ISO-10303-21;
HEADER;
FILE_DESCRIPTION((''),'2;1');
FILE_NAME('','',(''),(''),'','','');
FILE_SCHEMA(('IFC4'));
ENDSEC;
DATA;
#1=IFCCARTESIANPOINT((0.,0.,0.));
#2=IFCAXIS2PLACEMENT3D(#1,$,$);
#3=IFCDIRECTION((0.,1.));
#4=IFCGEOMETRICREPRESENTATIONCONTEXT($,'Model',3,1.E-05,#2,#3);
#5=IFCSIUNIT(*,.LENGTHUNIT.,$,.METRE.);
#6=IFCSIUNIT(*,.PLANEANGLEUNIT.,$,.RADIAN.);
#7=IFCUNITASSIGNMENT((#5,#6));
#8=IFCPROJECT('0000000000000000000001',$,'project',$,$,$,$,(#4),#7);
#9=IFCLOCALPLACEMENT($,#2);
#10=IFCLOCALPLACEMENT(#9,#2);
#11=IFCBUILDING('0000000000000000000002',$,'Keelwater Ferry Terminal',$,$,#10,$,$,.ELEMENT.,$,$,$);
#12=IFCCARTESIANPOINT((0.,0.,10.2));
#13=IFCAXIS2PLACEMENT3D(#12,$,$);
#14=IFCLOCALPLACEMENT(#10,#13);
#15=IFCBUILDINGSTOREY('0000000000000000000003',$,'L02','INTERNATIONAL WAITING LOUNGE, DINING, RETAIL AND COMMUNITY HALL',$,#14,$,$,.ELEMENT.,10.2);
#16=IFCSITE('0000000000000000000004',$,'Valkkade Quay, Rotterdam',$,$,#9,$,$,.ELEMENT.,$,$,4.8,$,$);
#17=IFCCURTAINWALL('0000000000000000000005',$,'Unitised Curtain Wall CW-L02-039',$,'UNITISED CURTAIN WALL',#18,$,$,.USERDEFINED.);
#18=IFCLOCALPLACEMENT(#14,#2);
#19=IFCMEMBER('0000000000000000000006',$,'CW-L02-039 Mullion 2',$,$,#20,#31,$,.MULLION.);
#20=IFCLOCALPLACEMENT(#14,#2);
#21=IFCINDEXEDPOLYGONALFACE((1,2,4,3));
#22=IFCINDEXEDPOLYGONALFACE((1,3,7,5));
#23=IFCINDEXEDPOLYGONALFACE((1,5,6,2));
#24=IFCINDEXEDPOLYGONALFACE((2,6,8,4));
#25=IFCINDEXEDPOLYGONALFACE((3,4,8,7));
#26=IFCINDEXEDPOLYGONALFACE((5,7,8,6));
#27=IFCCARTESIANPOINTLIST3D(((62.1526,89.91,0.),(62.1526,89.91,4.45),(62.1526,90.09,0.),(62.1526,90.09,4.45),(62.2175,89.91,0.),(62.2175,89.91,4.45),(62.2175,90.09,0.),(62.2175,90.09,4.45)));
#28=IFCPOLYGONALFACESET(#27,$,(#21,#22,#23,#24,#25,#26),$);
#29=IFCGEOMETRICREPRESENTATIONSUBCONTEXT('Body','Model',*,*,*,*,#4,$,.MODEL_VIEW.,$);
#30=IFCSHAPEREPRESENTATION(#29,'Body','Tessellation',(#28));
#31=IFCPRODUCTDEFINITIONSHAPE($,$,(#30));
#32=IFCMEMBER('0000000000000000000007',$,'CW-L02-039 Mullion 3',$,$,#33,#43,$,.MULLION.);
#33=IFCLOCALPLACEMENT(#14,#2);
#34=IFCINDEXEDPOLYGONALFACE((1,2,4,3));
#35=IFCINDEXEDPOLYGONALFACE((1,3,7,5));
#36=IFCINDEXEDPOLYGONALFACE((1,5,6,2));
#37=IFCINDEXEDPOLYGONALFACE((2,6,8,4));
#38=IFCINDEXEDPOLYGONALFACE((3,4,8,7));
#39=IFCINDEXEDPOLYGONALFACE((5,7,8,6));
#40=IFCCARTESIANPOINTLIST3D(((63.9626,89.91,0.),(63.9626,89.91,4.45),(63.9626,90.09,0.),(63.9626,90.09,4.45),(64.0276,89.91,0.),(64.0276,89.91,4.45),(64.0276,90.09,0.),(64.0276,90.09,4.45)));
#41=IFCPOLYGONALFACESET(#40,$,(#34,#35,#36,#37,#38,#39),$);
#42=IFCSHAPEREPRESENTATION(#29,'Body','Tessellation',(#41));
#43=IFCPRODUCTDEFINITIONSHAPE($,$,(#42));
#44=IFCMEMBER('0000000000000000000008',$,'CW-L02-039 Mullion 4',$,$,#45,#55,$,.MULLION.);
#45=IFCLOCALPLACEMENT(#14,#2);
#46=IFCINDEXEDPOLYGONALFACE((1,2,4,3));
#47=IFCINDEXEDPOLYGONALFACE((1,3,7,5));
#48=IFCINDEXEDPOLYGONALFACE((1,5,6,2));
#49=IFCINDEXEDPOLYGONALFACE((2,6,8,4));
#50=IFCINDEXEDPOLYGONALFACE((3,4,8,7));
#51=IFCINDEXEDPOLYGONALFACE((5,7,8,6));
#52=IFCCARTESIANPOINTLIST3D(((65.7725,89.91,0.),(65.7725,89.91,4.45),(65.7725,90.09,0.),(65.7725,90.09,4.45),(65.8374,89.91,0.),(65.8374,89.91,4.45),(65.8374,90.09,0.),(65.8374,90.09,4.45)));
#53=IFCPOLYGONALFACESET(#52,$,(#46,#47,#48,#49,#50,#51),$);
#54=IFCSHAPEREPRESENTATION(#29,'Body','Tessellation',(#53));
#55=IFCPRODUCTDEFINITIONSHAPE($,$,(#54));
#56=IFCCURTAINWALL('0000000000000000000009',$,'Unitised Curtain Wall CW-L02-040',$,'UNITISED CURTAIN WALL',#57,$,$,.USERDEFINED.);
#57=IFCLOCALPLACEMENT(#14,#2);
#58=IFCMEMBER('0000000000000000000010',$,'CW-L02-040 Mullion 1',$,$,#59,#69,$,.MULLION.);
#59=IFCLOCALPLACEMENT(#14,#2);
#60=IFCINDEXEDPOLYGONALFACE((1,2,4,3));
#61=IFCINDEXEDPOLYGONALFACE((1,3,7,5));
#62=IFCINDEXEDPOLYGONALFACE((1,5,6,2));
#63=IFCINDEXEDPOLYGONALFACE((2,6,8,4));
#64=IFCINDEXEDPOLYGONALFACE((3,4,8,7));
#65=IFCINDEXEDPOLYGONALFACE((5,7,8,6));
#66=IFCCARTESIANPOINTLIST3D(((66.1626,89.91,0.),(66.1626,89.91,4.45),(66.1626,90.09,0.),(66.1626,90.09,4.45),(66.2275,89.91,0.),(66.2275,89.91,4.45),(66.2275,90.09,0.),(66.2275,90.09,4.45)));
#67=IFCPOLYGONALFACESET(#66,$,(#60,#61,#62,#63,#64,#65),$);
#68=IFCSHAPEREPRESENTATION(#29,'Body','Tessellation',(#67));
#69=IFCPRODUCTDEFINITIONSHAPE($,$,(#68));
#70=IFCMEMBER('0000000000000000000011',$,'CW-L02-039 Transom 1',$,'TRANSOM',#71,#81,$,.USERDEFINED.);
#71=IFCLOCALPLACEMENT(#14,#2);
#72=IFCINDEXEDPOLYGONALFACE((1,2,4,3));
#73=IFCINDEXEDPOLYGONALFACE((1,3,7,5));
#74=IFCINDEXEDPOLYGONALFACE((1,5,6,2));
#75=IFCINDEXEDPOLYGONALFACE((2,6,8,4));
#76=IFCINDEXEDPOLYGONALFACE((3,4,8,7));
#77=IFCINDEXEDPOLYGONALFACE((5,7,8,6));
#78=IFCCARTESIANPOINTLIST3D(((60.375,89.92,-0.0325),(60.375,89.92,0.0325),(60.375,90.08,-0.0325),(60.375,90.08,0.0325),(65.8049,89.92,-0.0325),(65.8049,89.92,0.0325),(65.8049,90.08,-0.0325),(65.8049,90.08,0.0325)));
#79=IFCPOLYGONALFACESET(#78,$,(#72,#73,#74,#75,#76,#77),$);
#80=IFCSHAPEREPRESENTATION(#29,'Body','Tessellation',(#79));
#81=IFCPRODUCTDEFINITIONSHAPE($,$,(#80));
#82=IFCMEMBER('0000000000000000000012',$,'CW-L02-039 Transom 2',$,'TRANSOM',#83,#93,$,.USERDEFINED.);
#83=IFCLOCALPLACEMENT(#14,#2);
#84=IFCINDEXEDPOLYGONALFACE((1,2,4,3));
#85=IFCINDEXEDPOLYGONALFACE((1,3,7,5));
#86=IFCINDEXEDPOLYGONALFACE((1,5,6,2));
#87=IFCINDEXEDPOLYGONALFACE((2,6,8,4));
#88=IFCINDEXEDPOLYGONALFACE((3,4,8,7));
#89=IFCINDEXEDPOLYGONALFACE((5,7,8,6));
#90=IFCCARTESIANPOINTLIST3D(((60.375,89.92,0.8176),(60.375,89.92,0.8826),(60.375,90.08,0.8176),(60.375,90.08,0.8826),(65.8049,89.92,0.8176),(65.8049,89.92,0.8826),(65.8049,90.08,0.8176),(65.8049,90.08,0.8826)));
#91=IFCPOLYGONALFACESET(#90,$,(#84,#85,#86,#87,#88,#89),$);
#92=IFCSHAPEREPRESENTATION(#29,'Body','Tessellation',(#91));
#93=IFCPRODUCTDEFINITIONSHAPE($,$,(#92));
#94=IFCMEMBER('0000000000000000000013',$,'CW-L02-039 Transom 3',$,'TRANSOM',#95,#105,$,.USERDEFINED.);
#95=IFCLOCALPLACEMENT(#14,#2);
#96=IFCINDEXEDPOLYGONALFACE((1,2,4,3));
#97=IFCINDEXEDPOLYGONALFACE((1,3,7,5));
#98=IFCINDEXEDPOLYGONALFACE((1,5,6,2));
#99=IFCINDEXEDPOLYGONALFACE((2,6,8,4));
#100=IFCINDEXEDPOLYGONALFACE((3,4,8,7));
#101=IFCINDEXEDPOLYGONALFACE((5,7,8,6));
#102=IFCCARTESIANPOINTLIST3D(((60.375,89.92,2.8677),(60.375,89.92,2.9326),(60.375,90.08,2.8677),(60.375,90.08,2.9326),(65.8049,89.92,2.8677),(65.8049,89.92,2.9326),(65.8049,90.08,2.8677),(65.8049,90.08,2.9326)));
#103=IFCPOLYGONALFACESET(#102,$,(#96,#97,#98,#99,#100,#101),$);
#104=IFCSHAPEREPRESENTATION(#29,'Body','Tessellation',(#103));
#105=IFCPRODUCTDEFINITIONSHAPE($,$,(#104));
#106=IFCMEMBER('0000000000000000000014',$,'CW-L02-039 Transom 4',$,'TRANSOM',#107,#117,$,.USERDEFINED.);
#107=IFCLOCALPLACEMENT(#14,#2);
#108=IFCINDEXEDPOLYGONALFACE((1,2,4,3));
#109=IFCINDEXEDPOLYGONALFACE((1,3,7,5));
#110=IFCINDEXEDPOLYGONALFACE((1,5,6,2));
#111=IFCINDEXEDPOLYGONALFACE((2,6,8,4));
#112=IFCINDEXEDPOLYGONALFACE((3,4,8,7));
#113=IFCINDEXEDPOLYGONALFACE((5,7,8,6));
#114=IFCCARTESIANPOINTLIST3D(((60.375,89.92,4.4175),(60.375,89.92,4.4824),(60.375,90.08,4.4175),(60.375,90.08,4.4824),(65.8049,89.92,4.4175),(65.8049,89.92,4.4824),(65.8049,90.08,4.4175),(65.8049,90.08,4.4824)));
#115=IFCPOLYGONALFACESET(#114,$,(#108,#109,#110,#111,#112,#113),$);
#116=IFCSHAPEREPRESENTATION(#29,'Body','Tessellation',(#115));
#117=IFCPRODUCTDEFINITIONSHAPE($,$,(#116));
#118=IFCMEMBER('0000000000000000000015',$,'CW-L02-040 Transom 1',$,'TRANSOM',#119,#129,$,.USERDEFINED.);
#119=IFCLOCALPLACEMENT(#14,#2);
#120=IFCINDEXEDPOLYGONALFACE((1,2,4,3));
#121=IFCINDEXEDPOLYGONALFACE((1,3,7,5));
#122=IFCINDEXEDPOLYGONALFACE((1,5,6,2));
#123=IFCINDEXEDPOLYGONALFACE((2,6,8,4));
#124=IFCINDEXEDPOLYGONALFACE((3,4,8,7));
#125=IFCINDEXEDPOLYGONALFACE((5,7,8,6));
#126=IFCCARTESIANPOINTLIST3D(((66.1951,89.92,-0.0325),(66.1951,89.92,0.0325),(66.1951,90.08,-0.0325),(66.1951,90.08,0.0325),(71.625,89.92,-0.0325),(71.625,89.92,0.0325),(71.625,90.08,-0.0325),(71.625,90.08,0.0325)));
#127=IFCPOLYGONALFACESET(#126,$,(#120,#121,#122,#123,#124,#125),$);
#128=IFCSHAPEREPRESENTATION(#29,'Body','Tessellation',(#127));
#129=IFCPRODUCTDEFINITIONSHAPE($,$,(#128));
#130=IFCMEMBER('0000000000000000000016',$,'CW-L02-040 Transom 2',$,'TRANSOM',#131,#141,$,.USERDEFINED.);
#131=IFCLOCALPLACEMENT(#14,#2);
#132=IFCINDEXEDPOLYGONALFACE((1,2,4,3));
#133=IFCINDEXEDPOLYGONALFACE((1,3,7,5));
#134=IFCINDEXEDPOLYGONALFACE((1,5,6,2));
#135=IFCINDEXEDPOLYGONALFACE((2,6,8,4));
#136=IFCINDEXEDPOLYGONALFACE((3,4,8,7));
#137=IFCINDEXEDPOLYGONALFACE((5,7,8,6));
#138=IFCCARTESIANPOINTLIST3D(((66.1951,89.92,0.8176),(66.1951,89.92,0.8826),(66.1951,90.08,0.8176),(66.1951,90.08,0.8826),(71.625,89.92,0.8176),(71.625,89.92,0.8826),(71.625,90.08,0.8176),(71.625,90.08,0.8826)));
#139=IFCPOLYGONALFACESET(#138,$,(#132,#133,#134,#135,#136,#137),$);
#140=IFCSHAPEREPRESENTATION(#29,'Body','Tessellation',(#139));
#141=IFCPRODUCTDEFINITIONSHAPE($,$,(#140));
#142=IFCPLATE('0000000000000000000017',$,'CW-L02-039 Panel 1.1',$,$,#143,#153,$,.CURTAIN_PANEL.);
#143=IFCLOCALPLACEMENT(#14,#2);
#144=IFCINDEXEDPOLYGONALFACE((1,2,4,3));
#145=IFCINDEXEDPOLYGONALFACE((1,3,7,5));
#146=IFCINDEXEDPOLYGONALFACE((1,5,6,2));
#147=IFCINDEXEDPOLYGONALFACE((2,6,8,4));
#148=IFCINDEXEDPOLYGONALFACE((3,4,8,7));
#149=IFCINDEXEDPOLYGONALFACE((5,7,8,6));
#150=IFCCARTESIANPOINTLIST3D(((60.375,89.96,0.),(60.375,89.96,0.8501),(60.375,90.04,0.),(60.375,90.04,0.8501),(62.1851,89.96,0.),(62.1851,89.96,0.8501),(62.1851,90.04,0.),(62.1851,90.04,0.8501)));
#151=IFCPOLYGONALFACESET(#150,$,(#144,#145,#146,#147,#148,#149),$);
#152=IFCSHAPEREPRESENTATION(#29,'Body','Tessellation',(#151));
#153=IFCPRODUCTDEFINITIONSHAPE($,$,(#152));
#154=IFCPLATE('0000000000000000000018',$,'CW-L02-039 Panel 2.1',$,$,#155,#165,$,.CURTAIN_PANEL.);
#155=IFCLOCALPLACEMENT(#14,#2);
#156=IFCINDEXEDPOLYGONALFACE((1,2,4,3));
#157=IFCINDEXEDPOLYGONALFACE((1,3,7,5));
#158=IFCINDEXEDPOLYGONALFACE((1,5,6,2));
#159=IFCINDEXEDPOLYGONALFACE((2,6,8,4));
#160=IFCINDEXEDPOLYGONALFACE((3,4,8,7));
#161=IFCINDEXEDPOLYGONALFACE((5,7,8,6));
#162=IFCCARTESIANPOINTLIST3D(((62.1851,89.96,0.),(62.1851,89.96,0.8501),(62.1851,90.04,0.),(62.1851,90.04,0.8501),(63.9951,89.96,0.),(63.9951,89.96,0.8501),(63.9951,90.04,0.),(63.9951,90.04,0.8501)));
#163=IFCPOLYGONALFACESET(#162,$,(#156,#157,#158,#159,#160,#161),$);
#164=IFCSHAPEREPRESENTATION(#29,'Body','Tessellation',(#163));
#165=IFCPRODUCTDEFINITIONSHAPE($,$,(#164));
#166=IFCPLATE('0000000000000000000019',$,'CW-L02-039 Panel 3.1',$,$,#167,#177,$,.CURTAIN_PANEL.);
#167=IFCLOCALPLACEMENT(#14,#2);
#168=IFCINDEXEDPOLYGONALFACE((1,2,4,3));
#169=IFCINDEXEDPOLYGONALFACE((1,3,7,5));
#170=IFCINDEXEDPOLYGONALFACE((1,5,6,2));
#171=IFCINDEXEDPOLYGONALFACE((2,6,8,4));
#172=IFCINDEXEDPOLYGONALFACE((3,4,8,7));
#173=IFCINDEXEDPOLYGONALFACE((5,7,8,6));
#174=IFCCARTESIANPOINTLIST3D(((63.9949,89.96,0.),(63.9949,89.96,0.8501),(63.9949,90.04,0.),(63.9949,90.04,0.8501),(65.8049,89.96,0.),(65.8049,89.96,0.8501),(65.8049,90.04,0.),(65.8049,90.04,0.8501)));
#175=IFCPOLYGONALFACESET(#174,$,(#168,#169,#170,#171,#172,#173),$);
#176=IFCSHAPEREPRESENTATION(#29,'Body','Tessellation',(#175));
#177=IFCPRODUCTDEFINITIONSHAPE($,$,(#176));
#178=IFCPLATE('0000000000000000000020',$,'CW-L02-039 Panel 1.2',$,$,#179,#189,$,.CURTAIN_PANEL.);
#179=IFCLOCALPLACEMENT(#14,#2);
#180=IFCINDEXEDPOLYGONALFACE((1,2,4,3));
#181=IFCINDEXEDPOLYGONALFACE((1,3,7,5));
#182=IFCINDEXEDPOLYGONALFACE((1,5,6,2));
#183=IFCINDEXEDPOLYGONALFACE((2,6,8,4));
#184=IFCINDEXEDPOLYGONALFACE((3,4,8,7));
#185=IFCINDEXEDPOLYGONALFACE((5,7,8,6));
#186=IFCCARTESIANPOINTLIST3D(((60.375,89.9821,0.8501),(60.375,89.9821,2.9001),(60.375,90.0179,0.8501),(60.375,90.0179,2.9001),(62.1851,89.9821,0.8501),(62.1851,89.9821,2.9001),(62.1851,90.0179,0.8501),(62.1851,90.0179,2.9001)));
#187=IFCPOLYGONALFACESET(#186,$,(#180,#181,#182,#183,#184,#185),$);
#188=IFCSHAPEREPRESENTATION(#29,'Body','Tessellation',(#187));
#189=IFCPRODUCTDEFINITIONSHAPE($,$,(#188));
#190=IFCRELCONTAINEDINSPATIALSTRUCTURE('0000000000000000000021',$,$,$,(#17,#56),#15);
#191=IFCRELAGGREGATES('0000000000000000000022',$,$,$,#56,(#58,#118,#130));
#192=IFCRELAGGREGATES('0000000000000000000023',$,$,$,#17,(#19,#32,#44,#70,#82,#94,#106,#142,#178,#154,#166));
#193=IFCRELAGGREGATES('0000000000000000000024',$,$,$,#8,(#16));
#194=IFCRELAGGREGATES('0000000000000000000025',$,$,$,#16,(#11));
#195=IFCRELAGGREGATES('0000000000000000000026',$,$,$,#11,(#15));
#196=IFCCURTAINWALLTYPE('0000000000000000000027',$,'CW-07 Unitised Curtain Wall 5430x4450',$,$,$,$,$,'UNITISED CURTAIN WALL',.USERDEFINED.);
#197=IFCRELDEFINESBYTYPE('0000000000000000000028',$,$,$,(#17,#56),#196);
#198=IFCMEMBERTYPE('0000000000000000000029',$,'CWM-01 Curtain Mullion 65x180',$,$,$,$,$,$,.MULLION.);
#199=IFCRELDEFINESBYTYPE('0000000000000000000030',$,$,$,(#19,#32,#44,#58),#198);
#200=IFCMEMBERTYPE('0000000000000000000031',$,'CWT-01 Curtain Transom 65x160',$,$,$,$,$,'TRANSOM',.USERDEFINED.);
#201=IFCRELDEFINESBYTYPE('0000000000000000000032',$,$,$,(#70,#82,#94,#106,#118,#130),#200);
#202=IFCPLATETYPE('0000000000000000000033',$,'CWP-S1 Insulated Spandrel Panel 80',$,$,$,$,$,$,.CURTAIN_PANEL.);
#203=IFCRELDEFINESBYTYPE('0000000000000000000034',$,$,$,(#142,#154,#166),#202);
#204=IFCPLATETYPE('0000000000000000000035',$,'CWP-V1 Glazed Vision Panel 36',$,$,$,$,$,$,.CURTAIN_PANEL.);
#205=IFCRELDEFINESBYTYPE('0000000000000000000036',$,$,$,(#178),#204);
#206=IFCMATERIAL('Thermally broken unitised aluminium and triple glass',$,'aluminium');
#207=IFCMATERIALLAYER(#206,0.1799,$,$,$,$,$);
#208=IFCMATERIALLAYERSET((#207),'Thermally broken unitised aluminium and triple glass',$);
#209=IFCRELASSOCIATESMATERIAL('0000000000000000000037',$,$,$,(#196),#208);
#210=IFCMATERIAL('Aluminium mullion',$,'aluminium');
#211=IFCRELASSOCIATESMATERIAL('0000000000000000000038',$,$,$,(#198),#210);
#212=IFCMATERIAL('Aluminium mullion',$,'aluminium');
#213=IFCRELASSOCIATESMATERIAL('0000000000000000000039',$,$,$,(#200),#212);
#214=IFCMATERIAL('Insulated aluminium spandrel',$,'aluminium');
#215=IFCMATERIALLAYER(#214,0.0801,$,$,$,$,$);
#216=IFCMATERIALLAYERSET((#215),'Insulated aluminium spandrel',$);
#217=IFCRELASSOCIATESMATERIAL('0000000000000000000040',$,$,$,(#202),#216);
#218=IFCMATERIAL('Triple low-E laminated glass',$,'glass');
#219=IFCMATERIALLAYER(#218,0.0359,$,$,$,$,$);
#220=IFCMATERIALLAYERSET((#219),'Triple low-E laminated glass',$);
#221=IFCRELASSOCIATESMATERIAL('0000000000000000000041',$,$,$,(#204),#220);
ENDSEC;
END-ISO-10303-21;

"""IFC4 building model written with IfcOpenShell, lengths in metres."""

from ifc_helpers import new_model, si_unit, direction, frame, origin, origin_2d, place, context, subcontext, project, spatial, rectangle, extrude, material, layer, layer_set, material_profile, profile_set, type_object, element, aggregate, save


model = new_model("IFC4")

# Units and contexts
model_context = context("Model", 3, precision=1e-05, world=origin(), true_north=direction((0.0, 1.0)))
body_context = subcontext(model_context, "Body", "Model", "MODEL_VIEW")
ifc_project = project(units=[si_unit("LENGTHUNIT", "METRE"), si_unit("PLANEANGLEUNIT", "RADIAN")], contexts=[model_context])

# Site, building, storey
site_placement = place(None, origin())
site = spatial("IfcSite", under=ifc_project, at=site_placement, Name="Valkkade Quay, Rotterdam", CompositionType="ELEMENT", RefElevation=4.8)
building_placement = place(site_placement, origin())
building = spatial("IfcBuilding", under=site, at=building_placement, Name="Keelwater Ferry Terminal", CompositionType="ELEMENT")
storey_placement = place(building_placement, frame((0.0, 0.0, 10.2)))
storey = spatial("IfcBuildingStorey", under=building, at=storey_placement, Name="L02", Description="INTERNATIONAL WAITING LOUNGE, DINING, RETAIL AND COMMUNITY HALL", CompositionType="ELEMENT", Elevation=10.2)

# Curtain wall, members
ifc_material_1 = material(Name="Thermally broken unitised aluminium and triple glass", Category="aluminium")
ifc_layer_1 = layer(ifc_material_1, 0.1799)
ifc_layer_set_1 = layer_set([ifc_layer_1], Name="Thermally broken unitised aluminium and triple glass")
curtain_wall_type = type_object("IfcCurtainWallType", Name="CW-07 Unitised Curtain Wall 5430x4450", ElementType="UNITISED CURTAIN WALL", PredefinedType="USERDEFINED", material=ifc_layer_set_1)
curtain_wall_1_placement = place(storey_placement, origin())
curtain_wall_1 = element("IfcCurtainWall", 1, at=curtain_wall_1_placement, inside=storey, type_object=curtain_wall_type, Name="Unitised Curtain Wall CW-L02-039", ObjectType="UNITISED CURTAIN WALL", PredefinedType="USERDEFINED")
ifc_material_2 = material(Name="Aluminium mullion", Category="aluminium")
ifc_material_profile_1 = material_profile(ifc_material_2, rectangle(XDim=0.0649, YDim=0.1799, at=origin_2d()), Name="CWM-01")
ifc_profile_set_1 = profile_set([ifc_material_profile_1], Name="Aluminium mullion")
member_type_1 = type_object("IfcMemberType", Name="CWM-01 Curtain Mullion 65x180", PredefinedType="MULLION", material=ifc_profile_set_1)
member_1_placement = place(storey_placement, frame((62.1851, 90.0, 0.0), z_axis=(0.0, 0.0, 1.0), x_axis=(1.0, 0.0, 0.0)))
member_1 = element("IfcMember", 2, at=member_1_placement, type_object=member_type_1, Name="CW-L02-039 Mullion 2", PredefinedType="MULLION", context=body_context, shape_type="SweptSolid", body=[
    extrude(rectangle(XDim=0.0649, YDim=0.1799, at=origin_2d()), origin(), (0.0, 0.0, 1.0), 4.45),
])
member_2_placement = place(storey_placement, frame((63.9951, 90.0, 0.0), z_axis=(0.0, 0.0, 1.0), x_axis=(1.0, 0.0, 0.0)))
member_2 = element("IfcMember", 3, at=member_2_placement, type_object=member_type_1, Name="CW-L02-039 Mullion 3", PredefinedType="MULLION", context=body_context, shape_type="SweptSolid", body=[
    extrude(rectangle(XDim=0.0649, YDim=0.1799, at=origin_2d()), origin(), (0.0, 0.0, 1.0), 4.45),
])
member_3_placement = place(storey_placement, frame((65.8049, 90.0, 0.0), z_axis=(0.0, 0.0, 1.0), x_axis=(1.0, 0.0, 0.0)))
member_3 = element("IfcMember", 4, at=member_3_placement, type_object=member_type_1, Name="CW-L02-039 Mullion 4", PredefinedType="MULLION", context=body_context, shape_type="SweptSolid", body=[
    extrude(rectangle(XDim=0.0649, YDim=0.1799, at=origin_2d()), origin(), (0.0, 0.0, 1.0), 4.45),
])

# Curtain wall, member
curtain_wall_2_placement = place(storey_placement, origin())
curtain_wall_2 = element("IfcCurtainWall", 5, at=curtain_wall_2_placement, inside=storey, type_object=curtain_wall_type, Name="Unitised Curtain Wall CW-L02-040", ObjectType="UNITISED CURTAIN WALL", PredefinedType="USERDEFINED")
member_4_placement = place(storey_placement, frame((66.1951, 90.0, 0.0), z_axis=(0.0, 0.0, 1.0), x_axis=(1.0, 0.0, 0.0)))
member_4 = element("IfcMember", 6, at=member_4_placement, type_object=member_type_1, Name="CW-L02-040 Mullion 1", PredefinedType="MULLION", context=body_context, shape_type="SweptSolid", body=[
    extrude(rectangle(XDim=0.0649, YDim=0.1799, at=origin_2d()), origin(), (0.0, 0.0, 1.0), 4.45),
])

# Members
ifc_material_3 = material(Name="Aluminium mullion", Category="aluminium")
ifc_material_profile_2 = material_profile(ifc_material_3, rectangle(XDim=0.1599, YDim=0.0649, at=origin_2d()), Name="CWT-01")
ifc_profile_set_2 = profile_set([ifc_material_profile_2], Name="Aluminium mullion")
member_type_2 = type_object("IfcMemberType", Name="CWT-01 Curtain Transom 65x160", ElementType="TRANSOM", PredefinedType="USERDEFINED", material=ifc_profile_set_2)
member_5_placement = place(storey_placement, frame((60.375, 90.0, 0.0), z_axis=(1.0, 0.0, 0.0), x_axis=(0.0, 1.0, 0.0)))
member_5 = element("IfcMember", 7, at=member_5_placement, type_object=member_type_2, Name="CW-L02-039 Transom 1", ObjectType="TRANSOM", PredefinedType="USERDEFINED", context=body_context, shape_type="SweptSolid", body=[
    extrude(rectangle(XDim=0.1599, YDim=0.0649, at=origin_2d()), origin(), (0.0, 0.0, 1.0), 5.4299),
])
member_6_placement = place(storey_placement, frame((60.375, 90.0, 0.8501), z_axis=(1.0, 0.0, 0.0), x_axis=(0.0, 1.0, 0.0)))
member_6 = element("IfcMember", 8, at=member_6_placement, type_object=member_type_2, Name="CW-L02-039 Transom 2", ObjectType="TRANSOM", PredefinedType="USERDEFINED", context=body_context, shape_type="SweptSolid", body=[
    extrude(rectangle(XDim=0.1599, YDim=0.0649, at=origin_2d()), origin(), (0.0, 0.0, 1.0), 5.4299),
])
member_7_placement = place(storey_placement, frame((60.375, 90.0, 2.9001), z_axis=(1.0, 0.0, 0.0), x_axis=(0.0, 1.0, 0.0)))
member_7 = element("IfcMember", 9, at=member_7_placement, type_object=member_type_2, Name="CW-L02-039 Transom 3", ObjectType="TRANSOM", PredefinedType="USERDEFINED", context=body_context, shape_type="SweptSolid", body=[
    extrude(rectangle(XDim=0.1599, YDim=0.0649, at=origin_2d()), origin(), (0.0, 0.0, 1.0), 5.4299),
])
member_8_placement = place(storey_placement, frame((60.375, 90.0, 4.45), z_axis=(1.0, 0.0, 0.0), x_axis=(0.0, 1.0, 0.0)))
member_8 = element("IfcMember", 10, at=member_8_placement, type_object=member_type_2, Name="CW-L02-039 Transom 4", ObjectType="TRANSOM", PredefinedType="USERDEFINED", context=body_context, shape_type="SweptSolid", body=[
    extrude(rectangle(XDim=0.1599, YDim=0.0649, at=origin_2d()), origin(), (0.0, 0.0, 1.0), 5.4299),
])
member_9_placement = place(storey_placement, frame((66.1951, 90.0, 0.0), z_axis=(1.0, 0.0, 0.0), x_axis=(0.0, 1.0, 0.0)))
member_9 = element("IfcMember", 11, at=member_9_placement, type_object=member_type_2, Name="CW-L02-040 Transom 1", ObjectType="TRANSOM", PredefinedType="USERDEFINED", context=body_context, shape_type="SweptSolid", body=[
    extrude(rectangle(XDim=0.1599, YDim=0.0649, at=origin_2d()), origin(), (0.0, 0.0, 1.0), 5.4299),
])
member_10_placement = place(storey_placement, frame((66.1951, 90.0, 0.8501), z_axis=(1.0, 0.0, 0.0), x_axis=(0.0, 1.0, 0.0)))
member_10 = element("IfcMember", 12, at=member_10_placement, type_object=member_type_2, Name="CW-L02-040 Transom 2", ObjectType="TRANSOM", PredefinedType="USERDEFINED", context=body_context, shape_type="SweptSolid", body=[
    extrude(rectangle(XDim=0.1599, YDim=0.0649, at=origin_2d()), origin(), (0.0, 0.0, 1.0), 5.4299),
])
aggregate(curtain_wall_2, [member_4, member_9, member_10])

# Plates
ifc_material_4 = material(Name="Insulated aluminium spandrel", Category="aluminium")
ifc_layer_2 = layer(ifc_material_4, 0.0801)
ifc_layer_set_2 = layer_set([ifc_layer_2], Name="Insulated aluminium spandrel")
plate_type_1 = type_object("IfcPlateType", Name="CWP-S1 Insulated Spandrel Panel 80", PredefinedType="CURTAIN_PANEL", material=ifc_layer_set_2)
plate_1_placement = place(storey_placement, frame((61.28, 90.0, 0.0), z_axis=(0.0, 0.0, 1.0), x_axis=(1.0, 0.0, 0.0)))
plate_1 = element("IfcPlate", 13, at=plate_1_placement, type_object=plate_type_1, Name="CW-L02-039 Panel 1.1", PredefinedType="CURTAIN_PANEL", context=body_context, shape_type="SweptSolid", body=[
    extrude(rectangle(XDim=1.8101, YDim=0.0801, at=origin_2d()), origin(), (0.0, 0.0, 1.0), 0.8501),
])
plate_2_placement = place(storey_placement, frame((63.0901, 90.0, 0.0), z_axis=(0.0, 0.0, 1.0), x_axis=(1.0, 0.0, 0.0)))
plate_2 = element("IfcPlate", 14, at=plate_2_placement, type_object=plate_type_1, Name="CW-L02-039 Panel 2.1", PredefinedType="CURTAIN_PANEL", context=body_context, shape_type="SweptSolid", body=[
    extrude(rectangle(XDim=1.8101, YDim=0.0801, at=origin_2d()), origin(), (0.0, 0.0, 1.0), 0.8501),
])
plate_3_placement = place(storey_placement, frame((64.8999, 90.0, 0.0), z_axis=(0.0, 0.0, 1.0), x_axis=(1.0, 0.0, 0.0)))
plate_3 = element("IfcPlate", 15, at=plate_3_placement, type_object=plate_type_1, Name="CW-L02-039 Panel 3.1", PredefinedType="CURTAIN_PANEL", context=body_context, shape_type="SweptSolid", body=[
    extrude(rectangle(XDim=1.8101, YDim=0.0801, at=origin_2d()), origin(), (0.0, 0.0, 1.0), 0.8501),
])
ifc_material_5 = material(Name="Triple low-E laminated glass", Category="glass")
ifc_layer_3 = layer(ifc_material_5, 0.0359)
ifc_layer_set_3 = layer_set([ifc_layer_3], Name="Triple low-E laminated glass")
plate_type_2 = type_object("IfcPlateType", Name="CWP-V1 Glazed Vision Panel 36", PredefinedType="CURTAIN_PANEL", material=ifc_layer_set_3)
plate_4_placement = place(storey_placement, frame((61.28, 90.0, 0.8501), z_axis=(0.0, 0.0, 1.0), x_axis=(1.0, 0.0, 0.0)))
plate_4 = element("IfcPlate", 16, at=plate_4_placement, type_object=plate_type_2, Name="CW-L02-039 Panel 1.2", PredefinedType="CURTAIN_PANEL", context=body_context, shape_type="SweptSolid", body=[
    extrude(rectangle(XDim=1.8101, YDim=0.0359, at=origin_2d()), origin(), (0.0, 0.0, 1.0), 2.05),
])
aggregate(curtain_wall_1, [member_1, member_2, member_3, member_5, member_6, member_7, member_8, plate_1, plate_4, plate_2, plate_3])

save(model, "model.ifc")
